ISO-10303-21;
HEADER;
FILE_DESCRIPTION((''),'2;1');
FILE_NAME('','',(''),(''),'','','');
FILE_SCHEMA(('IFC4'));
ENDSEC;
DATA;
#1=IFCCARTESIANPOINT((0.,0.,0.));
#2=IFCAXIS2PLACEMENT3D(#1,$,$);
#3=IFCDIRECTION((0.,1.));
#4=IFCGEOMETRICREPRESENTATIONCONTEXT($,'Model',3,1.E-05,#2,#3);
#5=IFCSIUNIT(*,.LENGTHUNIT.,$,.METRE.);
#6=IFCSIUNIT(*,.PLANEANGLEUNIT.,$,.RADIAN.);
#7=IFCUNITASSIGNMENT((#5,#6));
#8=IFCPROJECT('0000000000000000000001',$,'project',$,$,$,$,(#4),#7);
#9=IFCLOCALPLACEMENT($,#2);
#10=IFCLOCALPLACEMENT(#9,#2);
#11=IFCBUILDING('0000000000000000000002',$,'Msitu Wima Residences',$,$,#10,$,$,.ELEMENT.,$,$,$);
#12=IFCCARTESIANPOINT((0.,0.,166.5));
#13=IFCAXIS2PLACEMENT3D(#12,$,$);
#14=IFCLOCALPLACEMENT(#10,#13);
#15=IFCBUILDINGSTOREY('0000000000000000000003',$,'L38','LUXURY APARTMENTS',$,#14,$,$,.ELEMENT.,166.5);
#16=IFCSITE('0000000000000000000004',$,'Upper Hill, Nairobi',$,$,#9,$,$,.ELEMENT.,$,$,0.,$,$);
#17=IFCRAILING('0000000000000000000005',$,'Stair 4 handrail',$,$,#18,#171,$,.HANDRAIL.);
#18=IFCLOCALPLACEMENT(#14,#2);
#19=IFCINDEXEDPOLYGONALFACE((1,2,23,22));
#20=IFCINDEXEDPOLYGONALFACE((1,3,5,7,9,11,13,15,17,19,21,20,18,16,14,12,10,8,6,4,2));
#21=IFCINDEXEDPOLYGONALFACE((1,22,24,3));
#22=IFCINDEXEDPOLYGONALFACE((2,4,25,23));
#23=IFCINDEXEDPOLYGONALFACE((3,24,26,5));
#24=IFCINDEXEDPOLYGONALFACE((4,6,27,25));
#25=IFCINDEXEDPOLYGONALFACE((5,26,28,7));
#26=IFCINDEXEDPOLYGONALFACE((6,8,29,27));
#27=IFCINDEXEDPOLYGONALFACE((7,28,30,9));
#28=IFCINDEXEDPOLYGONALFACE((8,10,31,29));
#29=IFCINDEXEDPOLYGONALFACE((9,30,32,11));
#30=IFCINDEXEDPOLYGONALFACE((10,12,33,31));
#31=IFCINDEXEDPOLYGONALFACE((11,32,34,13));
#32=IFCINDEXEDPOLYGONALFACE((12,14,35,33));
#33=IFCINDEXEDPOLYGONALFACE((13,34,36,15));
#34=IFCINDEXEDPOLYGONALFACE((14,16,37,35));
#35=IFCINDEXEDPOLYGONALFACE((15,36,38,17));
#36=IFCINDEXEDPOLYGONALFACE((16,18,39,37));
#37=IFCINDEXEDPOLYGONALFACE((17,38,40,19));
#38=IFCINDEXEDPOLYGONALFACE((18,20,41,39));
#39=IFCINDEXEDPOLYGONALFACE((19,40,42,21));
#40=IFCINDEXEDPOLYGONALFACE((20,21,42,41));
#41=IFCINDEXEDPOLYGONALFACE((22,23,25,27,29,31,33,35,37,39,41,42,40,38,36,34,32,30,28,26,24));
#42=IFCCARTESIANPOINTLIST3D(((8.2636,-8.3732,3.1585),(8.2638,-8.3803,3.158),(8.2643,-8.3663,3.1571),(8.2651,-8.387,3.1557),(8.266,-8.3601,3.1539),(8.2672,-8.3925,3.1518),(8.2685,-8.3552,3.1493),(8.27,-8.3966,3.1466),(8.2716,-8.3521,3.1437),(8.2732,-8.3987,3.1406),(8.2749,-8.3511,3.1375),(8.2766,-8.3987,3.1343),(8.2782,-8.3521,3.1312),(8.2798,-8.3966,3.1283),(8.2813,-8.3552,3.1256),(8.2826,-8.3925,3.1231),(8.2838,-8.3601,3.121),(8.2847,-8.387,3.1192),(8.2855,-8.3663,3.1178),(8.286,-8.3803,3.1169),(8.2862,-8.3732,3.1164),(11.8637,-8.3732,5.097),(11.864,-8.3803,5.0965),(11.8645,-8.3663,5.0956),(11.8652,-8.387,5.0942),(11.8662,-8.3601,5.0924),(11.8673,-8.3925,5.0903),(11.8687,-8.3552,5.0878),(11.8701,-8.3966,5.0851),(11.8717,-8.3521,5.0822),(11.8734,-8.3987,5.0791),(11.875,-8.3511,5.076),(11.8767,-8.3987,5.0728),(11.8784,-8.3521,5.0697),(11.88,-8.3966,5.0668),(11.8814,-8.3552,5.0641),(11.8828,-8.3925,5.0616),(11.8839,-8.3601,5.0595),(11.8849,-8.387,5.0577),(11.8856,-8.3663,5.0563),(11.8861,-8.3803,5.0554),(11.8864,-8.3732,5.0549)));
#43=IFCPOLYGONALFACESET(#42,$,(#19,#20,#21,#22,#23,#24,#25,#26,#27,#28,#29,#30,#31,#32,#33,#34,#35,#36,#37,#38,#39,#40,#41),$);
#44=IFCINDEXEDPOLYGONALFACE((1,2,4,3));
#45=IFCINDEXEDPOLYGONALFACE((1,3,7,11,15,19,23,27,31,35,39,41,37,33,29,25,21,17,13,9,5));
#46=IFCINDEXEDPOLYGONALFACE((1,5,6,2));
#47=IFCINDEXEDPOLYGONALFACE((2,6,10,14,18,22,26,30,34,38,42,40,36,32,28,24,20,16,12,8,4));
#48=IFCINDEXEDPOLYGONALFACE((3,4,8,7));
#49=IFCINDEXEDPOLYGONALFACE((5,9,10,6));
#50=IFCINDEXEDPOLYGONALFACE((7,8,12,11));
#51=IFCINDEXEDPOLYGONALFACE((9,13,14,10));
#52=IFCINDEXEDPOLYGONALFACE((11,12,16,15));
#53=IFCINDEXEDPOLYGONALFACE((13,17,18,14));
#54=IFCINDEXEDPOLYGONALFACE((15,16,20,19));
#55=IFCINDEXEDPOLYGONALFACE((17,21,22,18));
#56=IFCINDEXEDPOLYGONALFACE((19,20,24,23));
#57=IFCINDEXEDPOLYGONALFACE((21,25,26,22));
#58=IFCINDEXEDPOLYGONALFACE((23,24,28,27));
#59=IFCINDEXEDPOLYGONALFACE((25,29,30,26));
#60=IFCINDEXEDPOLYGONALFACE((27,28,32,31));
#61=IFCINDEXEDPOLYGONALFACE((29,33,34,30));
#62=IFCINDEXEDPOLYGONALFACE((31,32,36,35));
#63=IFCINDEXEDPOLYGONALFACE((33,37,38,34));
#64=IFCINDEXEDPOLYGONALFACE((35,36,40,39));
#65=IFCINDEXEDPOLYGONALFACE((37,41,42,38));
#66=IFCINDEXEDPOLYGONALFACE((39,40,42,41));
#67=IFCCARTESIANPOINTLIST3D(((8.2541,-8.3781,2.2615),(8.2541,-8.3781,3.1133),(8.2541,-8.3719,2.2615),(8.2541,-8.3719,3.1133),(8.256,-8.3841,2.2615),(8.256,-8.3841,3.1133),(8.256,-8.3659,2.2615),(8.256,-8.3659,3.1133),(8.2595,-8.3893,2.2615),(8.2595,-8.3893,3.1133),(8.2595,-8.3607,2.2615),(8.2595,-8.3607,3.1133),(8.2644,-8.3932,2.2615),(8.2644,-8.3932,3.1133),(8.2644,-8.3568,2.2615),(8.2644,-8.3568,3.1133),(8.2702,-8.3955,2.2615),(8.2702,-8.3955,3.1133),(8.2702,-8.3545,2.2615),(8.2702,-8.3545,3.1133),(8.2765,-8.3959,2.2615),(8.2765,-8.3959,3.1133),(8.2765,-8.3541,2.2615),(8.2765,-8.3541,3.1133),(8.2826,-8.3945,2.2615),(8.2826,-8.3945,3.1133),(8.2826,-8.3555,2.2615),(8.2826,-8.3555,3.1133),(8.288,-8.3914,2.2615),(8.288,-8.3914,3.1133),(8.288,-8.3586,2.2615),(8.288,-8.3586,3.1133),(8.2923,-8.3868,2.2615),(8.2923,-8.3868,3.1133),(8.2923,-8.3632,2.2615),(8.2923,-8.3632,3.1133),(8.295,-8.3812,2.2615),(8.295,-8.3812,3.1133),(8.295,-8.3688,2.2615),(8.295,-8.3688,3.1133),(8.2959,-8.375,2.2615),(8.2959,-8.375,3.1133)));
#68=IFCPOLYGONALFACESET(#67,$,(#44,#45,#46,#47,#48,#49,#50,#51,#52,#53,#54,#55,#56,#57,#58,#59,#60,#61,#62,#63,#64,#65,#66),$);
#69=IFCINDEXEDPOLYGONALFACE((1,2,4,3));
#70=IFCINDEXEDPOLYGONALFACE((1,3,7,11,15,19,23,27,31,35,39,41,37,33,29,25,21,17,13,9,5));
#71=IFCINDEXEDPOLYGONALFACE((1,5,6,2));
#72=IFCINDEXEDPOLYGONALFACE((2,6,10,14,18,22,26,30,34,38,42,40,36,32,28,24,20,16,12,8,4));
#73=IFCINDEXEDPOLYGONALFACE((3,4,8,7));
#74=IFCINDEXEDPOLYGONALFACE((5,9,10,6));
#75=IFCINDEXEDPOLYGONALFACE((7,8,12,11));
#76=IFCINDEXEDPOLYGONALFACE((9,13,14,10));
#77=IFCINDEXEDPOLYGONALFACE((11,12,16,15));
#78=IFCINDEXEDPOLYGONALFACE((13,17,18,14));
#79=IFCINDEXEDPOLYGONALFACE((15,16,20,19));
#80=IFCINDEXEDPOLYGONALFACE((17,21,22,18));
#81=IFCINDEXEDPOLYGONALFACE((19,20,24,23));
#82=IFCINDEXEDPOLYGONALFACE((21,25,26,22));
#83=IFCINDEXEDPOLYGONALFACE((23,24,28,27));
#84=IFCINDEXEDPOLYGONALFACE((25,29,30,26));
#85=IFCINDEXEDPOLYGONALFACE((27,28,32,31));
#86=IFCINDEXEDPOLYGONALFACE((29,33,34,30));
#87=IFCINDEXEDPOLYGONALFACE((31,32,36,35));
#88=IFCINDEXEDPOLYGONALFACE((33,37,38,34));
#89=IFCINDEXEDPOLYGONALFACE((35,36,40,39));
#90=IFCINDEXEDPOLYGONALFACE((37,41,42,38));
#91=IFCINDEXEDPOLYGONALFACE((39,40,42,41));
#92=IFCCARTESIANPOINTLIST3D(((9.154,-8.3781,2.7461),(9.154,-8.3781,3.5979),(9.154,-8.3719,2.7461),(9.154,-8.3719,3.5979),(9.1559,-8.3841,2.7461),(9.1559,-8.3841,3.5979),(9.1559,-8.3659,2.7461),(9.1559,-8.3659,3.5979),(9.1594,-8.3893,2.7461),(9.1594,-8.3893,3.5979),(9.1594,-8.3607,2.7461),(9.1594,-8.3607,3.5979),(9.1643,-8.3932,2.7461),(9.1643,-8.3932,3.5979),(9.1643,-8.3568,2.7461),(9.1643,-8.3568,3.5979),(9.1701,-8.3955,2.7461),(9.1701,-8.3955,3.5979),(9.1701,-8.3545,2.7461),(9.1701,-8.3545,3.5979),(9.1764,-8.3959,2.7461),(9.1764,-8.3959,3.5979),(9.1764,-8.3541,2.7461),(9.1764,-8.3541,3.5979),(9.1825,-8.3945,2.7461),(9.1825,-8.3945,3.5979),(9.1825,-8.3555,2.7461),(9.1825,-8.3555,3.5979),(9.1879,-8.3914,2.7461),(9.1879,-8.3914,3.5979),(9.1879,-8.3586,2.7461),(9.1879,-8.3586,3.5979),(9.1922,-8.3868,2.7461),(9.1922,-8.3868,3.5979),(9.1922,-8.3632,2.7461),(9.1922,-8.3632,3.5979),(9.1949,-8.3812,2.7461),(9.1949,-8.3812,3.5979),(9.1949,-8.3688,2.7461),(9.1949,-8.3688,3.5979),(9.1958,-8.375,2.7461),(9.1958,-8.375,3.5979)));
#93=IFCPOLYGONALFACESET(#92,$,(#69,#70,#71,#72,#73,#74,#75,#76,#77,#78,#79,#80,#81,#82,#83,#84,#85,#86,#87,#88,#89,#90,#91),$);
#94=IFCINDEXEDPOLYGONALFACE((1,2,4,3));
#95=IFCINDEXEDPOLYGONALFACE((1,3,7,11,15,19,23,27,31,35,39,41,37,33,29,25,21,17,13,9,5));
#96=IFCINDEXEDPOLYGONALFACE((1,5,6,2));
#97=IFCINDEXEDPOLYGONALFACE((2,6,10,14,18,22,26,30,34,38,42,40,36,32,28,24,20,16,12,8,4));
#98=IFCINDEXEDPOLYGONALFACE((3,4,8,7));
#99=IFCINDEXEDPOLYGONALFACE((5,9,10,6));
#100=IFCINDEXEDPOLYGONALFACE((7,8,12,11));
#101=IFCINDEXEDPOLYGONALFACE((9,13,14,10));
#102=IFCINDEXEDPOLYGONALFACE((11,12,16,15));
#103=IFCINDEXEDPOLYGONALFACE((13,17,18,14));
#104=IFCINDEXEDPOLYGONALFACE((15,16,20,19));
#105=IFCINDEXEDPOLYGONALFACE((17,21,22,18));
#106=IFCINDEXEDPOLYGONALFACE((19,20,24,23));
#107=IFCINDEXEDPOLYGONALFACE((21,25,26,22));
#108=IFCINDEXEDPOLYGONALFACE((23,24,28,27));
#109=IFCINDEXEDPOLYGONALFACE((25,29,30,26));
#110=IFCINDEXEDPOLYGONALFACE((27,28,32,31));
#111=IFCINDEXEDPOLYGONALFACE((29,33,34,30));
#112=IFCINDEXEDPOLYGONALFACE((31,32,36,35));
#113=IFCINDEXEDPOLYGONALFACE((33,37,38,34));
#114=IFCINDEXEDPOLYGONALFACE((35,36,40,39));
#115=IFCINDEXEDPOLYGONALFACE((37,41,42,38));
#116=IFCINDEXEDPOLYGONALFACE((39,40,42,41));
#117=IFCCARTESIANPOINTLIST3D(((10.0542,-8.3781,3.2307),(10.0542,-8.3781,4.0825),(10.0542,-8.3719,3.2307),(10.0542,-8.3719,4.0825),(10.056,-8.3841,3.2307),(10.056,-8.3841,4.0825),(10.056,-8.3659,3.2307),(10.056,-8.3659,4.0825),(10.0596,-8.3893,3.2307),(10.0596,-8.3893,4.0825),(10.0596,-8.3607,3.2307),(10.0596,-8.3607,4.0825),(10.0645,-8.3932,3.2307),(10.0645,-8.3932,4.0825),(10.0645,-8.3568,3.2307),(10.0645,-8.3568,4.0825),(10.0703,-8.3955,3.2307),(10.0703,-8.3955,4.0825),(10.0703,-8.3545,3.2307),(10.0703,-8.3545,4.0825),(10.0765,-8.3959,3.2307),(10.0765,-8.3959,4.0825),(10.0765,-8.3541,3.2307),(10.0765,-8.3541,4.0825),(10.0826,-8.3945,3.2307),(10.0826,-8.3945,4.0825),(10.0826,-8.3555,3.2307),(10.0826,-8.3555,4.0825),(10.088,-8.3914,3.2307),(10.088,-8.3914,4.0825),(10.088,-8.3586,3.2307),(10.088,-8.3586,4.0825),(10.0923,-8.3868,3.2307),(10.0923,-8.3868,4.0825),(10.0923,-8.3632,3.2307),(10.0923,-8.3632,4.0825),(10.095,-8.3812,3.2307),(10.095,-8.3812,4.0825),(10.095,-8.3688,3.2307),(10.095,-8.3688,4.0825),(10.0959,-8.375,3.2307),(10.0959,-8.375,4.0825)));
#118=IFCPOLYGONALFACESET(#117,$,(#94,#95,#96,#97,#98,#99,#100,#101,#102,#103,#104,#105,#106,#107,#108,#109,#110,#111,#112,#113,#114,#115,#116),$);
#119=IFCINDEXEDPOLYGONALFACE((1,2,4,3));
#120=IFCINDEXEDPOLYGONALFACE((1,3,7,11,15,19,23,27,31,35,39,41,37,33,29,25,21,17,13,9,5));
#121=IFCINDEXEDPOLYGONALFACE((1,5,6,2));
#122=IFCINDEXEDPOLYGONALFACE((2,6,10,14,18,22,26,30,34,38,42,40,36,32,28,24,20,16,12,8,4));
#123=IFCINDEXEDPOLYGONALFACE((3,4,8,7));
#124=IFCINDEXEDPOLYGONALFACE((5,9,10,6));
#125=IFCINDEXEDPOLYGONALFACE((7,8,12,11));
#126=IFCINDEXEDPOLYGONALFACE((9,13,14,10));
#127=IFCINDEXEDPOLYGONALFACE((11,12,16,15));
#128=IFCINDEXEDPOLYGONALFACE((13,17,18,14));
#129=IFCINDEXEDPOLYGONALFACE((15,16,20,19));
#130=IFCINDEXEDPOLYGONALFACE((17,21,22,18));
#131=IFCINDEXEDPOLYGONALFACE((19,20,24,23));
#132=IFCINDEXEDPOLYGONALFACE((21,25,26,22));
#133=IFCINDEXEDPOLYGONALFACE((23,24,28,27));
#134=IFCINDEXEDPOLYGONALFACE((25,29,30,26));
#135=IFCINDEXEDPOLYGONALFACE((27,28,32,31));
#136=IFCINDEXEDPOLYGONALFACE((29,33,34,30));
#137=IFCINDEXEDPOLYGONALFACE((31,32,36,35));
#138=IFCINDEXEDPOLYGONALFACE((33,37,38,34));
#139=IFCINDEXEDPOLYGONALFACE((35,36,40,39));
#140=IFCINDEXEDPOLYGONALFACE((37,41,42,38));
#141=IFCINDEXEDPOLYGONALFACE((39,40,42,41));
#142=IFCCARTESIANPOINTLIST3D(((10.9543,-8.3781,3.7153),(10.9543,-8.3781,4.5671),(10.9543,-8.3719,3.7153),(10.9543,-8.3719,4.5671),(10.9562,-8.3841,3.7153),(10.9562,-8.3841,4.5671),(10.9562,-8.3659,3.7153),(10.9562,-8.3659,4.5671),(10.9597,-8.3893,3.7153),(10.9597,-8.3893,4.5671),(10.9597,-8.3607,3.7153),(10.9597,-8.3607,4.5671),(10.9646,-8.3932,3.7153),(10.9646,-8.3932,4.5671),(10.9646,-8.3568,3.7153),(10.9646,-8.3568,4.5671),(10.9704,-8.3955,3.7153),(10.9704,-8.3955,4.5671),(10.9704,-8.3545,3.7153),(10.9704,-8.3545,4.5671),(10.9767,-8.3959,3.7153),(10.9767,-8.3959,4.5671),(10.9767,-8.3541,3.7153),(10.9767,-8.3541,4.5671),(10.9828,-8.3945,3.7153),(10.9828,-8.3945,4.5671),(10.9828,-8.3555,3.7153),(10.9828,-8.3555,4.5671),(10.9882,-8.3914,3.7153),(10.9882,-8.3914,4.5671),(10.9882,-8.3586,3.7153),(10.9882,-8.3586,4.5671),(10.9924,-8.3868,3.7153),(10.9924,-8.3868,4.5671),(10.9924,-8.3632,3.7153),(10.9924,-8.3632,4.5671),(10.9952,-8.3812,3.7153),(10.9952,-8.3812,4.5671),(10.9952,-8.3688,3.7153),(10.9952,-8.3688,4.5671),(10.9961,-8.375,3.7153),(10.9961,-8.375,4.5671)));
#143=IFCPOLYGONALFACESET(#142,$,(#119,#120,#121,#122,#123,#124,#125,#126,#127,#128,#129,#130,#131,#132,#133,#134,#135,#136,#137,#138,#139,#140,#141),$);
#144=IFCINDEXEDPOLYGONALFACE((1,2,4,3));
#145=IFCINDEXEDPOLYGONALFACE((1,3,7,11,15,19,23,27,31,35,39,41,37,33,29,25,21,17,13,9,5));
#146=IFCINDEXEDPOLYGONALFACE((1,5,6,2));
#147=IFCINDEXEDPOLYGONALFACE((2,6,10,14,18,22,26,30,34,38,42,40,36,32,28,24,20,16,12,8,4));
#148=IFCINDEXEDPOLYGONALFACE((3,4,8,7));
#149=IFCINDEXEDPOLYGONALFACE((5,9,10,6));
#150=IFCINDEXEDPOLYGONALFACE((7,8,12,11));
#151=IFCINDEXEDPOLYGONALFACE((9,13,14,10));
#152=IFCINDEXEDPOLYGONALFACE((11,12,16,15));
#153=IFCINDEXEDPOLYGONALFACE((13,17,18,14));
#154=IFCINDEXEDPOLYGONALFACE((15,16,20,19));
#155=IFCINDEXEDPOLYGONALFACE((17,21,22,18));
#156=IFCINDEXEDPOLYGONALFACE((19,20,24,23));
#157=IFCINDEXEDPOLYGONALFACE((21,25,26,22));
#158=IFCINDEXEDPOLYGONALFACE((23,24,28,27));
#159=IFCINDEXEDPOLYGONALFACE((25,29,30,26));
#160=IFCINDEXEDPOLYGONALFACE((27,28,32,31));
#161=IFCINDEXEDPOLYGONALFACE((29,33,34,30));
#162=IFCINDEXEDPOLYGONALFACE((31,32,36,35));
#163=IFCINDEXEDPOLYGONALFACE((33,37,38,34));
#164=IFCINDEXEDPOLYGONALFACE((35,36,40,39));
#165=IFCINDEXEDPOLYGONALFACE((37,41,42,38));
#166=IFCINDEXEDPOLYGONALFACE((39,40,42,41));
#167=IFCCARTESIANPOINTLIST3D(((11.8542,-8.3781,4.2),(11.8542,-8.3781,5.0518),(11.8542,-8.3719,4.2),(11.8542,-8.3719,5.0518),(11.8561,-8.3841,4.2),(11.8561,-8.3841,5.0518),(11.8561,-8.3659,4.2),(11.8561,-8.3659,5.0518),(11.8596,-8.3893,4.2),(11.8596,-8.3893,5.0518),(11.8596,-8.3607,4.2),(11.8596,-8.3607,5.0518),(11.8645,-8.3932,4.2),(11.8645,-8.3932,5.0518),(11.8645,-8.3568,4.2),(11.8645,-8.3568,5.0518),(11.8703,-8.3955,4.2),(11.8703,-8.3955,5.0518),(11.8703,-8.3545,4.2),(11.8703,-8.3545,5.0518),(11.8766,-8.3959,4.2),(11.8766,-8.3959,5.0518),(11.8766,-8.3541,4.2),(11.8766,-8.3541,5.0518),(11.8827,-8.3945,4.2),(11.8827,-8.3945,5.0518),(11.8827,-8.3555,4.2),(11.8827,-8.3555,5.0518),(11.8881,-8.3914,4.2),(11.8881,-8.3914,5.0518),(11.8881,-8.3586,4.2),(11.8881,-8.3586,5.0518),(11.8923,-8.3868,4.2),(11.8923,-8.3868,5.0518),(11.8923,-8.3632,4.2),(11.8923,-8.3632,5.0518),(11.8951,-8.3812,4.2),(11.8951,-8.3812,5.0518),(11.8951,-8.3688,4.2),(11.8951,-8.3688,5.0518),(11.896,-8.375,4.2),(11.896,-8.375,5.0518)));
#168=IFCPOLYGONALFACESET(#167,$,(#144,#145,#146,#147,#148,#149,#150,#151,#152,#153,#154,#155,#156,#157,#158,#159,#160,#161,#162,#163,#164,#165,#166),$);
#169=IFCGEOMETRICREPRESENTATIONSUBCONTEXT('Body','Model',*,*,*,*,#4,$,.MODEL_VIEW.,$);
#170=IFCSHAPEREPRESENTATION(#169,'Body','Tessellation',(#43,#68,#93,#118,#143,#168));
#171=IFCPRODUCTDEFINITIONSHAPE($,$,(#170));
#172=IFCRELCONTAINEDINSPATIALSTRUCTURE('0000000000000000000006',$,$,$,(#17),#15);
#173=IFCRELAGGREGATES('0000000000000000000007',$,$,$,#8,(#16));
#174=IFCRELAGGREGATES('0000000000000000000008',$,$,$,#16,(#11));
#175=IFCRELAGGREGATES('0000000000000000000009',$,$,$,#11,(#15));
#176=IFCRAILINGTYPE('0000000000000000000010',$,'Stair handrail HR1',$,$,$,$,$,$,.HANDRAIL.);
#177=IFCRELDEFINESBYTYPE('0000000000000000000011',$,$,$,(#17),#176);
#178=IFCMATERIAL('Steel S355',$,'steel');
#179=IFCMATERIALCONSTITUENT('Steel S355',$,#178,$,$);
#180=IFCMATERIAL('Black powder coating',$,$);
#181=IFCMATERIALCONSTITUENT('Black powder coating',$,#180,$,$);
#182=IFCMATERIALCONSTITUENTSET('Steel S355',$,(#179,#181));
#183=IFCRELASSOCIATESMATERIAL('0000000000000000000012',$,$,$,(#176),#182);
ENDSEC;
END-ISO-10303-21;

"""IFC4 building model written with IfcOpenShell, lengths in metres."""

from ifc_helpers import new_model, si_unit, direction, frame, origin, origin_2d, place, context, subcontext, project, spatial, circle, extrude, material, constituent, constituent_set, type_object, element, save


model = new_model("IFC4")

# Units and contexts
model_context = context("Model", 3, precision=1e-05, world=origin(), true_north=direction((0.0, 1.0)))
body_context = subcontext(model_context, "Body", "Model", "MODEL_VIEW")
ifc_project = project(units=[si_unit("LENGTHUNIT", "METRE"), si_unit("PLANEANGLEUNIT", "RADIAN")], contexts=[model_context])

# Site, building, storey
site_placement = place(None, origin())
site = spatial("IfcSite", under=ifc_project, at=site_placement, Name="Upper Hill, Nairobi", CompositionType="ELEMENT", RefElevation=0.0)
building_placement = place(site_placement, origin())
building = spatial("IfcBuilding", under=site, at=building_placement, Name="Msitu Wima Residences", CompositionType="ELEMENT")
storey_placement = place(building_placement, frame((0.0, 0.0, 166.5)))
storey = spatial("IfcBuildingStorey", under=building, at=storey_placement, Name="L38", Description="LUXURY APARTMENTS", CompositionType="ELEMENT", Elevation=166.5)

# Railing
ifc_material_1 = material(Name="Steel S355", Category="steel")
ifc_constituent_1 = constituent(ifc_material_1, Name="Steel S355")
ifc_material_2 = material(Name="Black powder coating")
ifc_constituent_2 = constituent(ifc_material_2, Name="Black powder coating")
ifc_constituent_set = constituent_set(constituents=[ifc_constituent_1, ifc_constituent_2], Name="Steel S355")
railing_type = type_object("IfcRailingType", Name="Stair handrail HR1", PredefinedType="HANDRAIL", material=ifc_constituent_set)
for number, where, name in (
    (1, (8.2749, -8.375, 2.2615), "Stair 4 handrail"),
):
    element("IfcRailing", number, at=place(storey_placement, frame(where)), inside=storey, type_object=railing_type, Name=name, PredefinedType="HANDRAIL", context=body_context, shape_type="SweptSolid", body=[
        extrude(circle(Radius=0.0239, at=origin_2d()), frame((0.0, 0.0, 0.876), z_axis=(0.880475, 0.0, 0.474093), x_axis=(0.0, 1.0, 0.0)), (0.0, 0.0, 1.0), 4.0889),
        extrude(circle(Radius=0.021, at=origin_2d()), origin(), (0.0, 0.0, 1.0), 0.8518),
        extrude(circle(Radius=0.021, at=origin_2d()), frame((0.8999, 0.0, 0.4846)), (0.0, 0.0, 1.0), 0.8518),
        extrude(circle(Radius=0.021, at=origin_2d()), frame((1.8, 0.0, 0.9692)), (0.0, 0.0, 1.0), 0.8518),
        extrude(circle(Radius=0.021, at=origin_2d()), frame((2.7002, 0.0, 1.4539)), (0.0, 0.0, 1.0), 0.8518),
        extrude(circle(Radius=0.021, at=origin_2d()), frame((3.6001, 0.0, 1.9385)), (0.0, 0.0, 1.0), 0.8518),
    ])

save(model, "model.ifc")
